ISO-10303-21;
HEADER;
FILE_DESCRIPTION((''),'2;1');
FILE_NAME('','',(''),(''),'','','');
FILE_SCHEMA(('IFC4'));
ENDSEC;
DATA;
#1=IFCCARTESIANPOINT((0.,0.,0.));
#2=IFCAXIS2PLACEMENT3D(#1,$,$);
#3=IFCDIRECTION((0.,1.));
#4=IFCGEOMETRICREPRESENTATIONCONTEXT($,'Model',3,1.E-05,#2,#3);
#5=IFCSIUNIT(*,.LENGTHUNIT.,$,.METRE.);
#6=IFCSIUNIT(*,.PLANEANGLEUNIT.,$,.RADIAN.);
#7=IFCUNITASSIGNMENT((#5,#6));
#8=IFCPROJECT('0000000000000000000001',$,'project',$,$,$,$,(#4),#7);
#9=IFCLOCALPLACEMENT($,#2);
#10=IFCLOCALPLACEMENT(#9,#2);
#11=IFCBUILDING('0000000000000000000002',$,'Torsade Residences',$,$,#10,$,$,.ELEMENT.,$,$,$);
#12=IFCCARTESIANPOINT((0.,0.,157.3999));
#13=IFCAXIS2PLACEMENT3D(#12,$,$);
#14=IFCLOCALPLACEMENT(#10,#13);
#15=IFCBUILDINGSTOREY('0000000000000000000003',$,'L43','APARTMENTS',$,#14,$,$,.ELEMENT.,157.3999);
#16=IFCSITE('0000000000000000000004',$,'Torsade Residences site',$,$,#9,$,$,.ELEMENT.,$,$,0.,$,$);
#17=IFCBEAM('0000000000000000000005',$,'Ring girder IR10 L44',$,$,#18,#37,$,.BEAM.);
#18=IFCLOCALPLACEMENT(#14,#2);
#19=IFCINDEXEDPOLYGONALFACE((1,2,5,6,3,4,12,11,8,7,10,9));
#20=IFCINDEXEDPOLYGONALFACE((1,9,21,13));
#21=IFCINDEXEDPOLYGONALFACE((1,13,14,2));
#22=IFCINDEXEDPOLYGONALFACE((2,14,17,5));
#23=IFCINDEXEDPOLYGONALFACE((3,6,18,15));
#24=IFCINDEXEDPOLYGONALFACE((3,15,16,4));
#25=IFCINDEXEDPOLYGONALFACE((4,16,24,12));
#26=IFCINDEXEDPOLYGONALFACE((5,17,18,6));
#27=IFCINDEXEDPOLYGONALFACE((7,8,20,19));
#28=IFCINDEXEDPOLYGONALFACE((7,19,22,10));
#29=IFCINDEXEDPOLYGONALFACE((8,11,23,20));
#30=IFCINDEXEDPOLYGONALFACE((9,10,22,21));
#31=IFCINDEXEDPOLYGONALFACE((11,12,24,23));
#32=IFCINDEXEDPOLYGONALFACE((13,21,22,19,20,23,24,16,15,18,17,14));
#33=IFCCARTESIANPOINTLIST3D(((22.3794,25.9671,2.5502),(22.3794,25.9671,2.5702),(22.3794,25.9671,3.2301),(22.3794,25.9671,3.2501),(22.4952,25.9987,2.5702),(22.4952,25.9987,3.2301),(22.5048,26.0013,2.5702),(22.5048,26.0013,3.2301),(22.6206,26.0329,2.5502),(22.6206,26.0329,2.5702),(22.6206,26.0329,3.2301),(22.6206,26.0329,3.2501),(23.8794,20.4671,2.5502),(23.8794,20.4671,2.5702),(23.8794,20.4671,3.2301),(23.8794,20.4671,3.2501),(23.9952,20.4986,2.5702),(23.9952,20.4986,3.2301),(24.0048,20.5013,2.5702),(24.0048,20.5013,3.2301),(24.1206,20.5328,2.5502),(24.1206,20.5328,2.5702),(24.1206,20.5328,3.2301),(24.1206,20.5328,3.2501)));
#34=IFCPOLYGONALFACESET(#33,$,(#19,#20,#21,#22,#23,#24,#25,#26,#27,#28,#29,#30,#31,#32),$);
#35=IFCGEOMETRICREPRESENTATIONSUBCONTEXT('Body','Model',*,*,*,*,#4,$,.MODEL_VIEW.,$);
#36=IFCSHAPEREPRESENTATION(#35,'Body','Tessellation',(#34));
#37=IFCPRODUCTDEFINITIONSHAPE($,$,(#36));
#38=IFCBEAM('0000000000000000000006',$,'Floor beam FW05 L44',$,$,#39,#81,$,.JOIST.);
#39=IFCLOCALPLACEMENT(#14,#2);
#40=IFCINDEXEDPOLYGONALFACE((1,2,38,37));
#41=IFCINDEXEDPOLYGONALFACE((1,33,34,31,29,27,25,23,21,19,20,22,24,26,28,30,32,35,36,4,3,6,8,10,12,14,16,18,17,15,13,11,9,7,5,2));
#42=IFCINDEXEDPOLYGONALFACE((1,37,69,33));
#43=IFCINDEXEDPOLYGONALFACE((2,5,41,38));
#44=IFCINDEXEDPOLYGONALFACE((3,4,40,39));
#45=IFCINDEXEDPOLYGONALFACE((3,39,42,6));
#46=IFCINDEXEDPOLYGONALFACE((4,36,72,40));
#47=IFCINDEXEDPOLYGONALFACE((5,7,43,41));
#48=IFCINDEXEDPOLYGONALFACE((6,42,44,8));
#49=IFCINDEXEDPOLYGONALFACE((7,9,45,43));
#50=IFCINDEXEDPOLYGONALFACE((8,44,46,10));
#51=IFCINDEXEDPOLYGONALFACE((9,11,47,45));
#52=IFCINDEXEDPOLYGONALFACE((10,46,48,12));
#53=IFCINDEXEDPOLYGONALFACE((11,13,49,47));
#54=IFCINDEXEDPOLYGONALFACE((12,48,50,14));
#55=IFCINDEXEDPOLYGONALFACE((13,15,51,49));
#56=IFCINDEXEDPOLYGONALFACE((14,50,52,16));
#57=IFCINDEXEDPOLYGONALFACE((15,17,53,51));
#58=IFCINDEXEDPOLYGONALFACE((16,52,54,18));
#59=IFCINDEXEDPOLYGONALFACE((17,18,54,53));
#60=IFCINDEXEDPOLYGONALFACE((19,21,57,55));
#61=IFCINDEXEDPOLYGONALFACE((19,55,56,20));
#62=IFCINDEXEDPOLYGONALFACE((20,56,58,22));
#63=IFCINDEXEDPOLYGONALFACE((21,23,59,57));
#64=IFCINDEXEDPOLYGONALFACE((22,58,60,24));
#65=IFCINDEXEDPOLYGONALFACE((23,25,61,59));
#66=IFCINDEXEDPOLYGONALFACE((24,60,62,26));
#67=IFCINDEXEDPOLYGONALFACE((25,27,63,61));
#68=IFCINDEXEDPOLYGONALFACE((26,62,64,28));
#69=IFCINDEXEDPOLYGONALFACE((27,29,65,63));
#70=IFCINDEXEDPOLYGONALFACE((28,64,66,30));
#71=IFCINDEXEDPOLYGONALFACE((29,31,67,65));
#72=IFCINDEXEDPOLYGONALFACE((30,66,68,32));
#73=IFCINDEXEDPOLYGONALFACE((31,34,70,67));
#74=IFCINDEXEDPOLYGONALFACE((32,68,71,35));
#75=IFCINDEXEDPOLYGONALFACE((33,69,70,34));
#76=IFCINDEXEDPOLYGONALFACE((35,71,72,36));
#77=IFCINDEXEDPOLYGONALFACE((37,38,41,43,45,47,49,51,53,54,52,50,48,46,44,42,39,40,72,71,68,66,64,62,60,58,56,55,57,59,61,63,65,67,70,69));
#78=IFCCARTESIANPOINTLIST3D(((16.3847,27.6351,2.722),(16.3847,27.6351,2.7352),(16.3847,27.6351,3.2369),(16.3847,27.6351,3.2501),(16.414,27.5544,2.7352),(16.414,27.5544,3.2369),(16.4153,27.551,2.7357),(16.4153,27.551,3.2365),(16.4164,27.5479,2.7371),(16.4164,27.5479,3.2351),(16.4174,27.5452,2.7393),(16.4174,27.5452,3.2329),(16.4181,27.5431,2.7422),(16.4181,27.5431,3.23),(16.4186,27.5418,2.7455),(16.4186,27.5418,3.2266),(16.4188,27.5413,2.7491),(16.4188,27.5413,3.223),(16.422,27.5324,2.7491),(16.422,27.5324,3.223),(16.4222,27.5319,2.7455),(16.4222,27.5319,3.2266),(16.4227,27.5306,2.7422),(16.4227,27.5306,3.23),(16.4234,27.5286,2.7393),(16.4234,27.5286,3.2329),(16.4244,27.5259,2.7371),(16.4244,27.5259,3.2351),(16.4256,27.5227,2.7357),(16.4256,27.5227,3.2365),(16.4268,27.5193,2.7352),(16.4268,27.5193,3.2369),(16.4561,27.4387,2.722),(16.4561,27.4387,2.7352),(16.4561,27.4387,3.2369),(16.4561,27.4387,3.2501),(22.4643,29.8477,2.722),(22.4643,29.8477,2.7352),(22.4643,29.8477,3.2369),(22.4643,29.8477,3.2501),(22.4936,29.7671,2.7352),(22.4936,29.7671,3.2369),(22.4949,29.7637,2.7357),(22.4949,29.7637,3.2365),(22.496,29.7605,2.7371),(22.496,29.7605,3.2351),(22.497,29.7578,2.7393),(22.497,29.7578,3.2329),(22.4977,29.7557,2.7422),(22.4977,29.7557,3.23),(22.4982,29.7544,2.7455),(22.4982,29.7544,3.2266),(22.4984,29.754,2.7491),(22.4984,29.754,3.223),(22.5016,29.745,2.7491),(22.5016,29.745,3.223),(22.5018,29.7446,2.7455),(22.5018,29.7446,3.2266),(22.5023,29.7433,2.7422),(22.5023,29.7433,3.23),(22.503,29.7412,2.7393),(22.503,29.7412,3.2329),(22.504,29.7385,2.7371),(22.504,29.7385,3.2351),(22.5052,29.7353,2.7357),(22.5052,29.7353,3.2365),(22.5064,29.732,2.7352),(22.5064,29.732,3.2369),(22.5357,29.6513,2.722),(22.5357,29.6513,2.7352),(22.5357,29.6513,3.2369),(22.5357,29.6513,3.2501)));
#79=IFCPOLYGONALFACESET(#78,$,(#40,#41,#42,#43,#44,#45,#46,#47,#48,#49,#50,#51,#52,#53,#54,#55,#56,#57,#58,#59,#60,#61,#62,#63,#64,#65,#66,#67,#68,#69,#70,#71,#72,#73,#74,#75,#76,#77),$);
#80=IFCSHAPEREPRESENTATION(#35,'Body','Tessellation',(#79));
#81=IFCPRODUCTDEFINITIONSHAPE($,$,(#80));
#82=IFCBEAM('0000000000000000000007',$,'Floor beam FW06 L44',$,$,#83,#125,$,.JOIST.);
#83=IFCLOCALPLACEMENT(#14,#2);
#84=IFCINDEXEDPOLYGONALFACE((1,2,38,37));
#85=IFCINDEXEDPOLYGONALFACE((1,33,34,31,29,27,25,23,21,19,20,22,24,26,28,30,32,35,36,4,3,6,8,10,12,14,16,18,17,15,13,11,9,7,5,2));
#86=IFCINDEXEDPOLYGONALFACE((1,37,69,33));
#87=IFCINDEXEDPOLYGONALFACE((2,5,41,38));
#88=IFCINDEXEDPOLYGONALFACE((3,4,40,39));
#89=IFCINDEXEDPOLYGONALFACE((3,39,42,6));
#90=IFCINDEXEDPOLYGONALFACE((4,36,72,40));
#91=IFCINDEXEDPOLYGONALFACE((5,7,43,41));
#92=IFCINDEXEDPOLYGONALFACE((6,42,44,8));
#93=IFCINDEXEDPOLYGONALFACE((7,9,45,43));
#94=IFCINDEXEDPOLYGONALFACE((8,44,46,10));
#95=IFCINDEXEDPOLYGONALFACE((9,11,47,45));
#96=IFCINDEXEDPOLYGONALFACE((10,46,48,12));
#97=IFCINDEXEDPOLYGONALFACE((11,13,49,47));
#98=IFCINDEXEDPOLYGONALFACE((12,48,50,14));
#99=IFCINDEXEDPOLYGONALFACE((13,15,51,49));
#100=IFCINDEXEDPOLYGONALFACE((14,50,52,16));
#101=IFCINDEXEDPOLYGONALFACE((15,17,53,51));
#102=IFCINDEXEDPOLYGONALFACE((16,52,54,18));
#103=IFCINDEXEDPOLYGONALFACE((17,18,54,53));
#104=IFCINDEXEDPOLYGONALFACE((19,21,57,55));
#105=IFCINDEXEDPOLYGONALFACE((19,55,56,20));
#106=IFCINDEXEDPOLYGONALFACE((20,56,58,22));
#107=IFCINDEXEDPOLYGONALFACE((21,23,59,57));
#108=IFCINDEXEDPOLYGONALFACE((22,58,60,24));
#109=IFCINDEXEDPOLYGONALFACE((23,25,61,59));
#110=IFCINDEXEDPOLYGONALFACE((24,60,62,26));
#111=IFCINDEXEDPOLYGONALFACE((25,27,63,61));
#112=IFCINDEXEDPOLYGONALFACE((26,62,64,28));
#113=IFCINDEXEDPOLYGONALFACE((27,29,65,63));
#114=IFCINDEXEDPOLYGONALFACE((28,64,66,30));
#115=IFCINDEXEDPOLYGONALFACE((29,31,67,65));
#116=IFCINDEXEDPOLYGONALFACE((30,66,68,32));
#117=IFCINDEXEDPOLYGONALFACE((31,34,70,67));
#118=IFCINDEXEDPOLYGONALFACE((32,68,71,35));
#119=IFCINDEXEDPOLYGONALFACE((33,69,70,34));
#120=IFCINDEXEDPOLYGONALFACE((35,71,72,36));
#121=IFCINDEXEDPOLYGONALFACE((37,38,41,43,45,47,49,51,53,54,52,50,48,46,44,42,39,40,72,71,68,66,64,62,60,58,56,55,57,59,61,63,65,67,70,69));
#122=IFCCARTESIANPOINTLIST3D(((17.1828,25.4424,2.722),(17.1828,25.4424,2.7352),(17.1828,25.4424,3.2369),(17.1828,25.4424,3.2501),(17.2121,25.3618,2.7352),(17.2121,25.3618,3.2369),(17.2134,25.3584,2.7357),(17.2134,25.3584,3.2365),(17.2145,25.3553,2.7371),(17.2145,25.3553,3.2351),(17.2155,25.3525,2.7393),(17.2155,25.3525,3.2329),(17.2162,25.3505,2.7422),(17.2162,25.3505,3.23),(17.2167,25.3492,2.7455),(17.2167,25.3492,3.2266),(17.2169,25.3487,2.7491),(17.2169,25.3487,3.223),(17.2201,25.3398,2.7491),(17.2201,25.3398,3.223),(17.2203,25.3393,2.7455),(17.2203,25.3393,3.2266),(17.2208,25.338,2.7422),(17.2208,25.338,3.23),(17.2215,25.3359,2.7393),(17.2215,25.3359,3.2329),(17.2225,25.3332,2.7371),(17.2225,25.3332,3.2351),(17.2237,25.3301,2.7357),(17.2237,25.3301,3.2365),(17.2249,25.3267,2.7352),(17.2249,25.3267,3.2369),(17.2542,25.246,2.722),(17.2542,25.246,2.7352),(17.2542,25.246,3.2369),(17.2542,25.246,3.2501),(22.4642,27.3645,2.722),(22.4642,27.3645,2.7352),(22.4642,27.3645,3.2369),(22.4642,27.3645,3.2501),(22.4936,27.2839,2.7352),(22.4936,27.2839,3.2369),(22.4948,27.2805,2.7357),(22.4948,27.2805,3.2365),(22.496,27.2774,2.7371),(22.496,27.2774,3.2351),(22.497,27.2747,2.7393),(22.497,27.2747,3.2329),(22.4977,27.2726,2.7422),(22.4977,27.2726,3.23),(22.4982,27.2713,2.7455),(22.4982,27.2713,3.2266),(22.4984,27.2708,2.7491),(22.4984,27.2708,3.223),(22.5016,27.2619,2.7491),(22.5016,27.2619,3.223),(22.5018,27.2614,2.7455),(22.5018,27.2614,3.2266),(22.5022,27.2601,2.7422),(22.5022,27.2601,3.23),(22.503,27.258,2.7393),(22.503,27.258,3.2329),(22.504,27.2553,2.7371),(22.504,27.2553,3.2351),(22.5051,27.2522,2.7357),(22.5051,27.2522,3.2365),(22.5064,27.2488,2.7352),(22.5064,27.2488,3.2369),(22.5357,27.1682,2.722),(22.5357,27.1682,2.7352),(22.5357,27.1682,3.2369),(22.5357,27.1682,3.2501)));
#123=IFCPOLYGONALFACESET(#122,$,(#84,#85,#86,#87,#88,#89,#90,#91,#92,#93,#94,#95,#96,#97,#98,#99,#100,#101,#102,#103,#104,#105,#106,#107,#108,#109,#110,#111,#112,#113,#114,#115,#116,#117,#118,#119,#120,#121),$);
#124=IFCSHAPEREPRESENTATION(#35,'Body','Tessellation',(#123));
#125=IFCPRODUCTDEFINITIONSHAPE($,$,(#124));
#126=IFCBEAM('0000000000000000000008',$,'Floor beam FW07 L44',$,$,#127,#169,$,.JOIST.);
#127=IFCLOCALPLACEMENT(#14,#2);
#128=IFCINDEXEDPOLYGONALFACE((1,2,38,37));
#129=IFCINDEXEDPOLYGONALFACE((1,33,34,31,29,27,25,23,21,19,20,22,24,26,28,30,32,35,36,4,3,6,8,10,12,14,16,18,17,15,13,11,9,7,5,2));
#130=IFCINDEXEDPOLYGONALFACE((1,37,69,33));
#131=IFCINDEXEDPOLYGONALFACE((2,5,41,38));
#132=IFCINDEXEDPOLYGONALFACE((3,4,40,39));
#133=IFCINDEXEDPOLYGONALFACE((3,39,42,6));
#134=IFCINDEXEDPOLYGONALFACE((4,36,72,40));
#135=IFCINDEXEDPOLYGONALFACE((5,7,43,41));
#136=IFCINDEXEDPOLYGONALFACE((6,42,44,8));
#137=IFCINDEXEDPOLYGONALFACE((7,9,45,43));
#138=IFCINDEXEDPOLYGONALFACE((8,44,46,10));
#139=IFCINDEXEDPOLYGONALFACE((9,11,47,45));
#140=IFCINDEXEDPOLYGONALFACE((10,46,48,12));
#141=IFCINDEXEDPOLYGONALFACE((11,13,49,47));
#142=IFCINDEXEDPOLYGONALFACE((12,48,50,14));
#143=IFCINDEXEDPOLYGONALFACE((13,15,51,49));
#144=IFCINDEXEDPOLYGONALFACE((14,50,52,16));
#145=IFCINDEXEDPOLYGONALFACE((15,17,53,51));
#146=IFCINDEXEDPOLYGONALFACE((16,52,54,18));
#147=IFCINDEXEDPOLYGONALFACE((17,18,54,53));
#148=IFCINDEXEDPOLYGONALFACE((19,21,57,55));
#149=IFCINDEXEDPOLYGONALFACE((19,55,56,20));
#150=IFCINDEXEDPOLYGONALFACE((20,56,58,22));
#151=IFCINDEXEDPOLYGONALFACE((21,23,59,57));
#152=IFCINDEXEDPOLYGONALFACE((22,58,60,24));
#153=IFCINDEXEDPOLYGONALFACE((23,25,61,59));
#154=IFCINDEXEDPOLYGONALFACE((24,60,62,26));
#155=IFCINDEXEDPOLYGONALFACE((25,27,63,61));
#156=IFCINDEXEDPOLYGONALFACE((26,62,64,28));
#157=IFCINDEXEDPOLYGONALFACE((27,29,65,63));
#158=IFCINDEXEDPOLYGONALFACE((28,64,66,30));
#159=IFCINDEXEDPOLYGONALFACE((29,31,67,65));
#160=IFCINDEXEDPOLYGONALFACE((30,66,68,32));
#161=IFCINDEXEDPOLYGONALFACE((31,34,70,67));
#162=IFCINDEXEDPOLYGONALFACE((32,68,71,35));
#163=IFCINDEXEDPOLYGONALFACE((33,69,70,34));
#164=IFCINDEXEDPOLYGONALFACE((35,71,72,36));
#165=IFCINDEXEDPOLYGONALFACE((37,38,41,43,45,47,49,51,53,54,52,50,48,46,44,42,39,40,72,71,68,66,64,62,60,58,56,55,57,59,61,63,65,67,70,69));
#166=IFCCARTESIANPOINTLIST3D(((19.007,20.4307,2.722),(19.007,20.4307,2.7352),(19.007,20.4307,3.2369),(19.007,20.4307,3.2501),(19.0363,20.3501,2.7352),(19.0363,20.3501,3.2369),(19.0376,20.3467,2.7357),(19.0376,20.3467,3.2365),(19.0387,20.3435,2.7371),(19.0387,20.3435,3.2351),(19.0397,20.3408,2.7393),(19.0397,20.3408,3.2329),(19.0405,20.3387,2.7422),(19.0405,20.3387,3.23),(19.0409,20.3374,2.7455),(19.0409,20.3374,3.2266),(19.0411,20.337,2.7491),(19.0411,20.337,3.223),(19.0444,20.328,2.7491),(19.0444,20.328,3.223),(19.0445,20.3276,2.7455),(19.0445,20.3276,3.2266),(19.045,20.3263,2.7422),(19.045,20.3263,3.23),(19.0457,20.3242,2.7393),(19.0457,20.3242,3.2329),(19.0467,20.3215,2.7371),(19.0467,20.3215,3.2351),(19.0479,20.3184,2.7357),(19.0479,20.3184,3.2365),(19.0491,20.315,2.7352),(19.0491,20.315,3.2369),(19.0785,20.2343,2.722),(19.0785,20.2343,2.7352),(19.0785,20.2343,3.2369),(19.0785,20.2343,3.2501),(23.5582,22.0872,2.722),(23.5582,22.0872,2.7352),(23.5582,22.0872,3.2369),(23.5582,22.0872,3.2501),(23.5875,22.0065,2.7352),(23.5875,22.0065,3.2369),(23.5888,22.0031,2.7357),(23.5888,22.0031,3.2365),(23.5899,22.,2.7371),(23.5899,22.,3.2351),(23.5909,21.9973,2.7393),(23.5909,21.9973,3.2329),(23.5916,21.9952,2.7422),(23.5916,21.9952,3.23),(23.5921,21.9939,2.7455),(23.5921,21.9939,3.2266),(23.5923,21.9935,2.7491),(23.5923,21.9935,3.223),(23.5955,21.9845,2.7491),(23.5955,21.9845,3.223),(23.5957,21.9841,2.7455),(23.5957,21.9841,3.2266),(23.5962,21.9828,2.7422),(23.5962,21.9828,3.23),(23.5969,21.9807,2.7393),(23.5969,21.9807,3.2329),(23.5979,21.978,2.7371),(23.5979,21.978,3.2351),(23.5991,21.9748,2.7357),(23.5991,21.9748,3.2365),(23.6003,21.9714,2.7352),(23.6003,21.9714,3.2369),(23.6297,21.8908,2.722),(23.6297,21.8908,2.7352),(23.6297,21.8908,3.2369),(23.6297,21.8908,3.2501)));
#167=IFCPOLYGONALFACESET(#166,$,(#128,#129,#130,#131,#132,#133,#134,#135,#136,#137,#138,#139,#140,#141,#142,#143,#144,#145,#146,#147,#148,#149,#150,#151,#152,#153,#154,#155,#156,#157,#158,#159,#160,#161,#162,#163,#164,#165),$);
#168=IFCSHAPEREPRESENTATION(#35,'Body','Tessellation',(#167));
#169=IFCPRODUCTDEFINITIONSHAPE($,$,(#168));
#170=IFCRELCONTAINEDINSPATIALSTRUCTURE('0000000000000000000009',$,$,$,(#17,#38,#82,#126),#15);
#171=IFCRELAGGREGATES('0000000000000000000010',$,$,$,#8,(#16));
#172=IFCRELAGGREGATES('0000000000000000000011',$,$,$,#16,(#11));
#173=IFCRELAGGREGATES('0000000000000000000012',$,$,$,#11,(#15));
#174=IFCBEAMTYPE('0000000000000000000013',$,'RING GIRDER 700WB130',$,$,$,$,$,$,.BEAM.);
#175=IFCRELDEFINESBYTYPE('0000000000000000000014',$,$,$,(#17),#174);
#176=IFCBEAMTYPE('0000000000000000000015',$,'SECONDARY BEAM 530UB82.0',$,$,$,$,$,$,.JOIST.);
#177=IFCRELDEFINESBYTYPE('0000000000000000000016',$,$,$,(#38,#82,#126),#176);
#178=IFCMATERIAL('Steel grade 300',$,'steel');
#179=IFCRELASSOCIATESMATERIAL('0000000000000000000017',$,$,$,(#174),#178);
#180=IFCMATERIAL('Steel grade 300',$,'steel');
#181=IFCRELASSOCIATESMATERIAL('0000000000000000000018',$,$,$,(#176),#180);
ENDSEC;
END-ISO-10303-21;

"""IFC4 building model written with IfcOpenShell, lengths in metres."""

from ifc_helpers import new_model, si_unit, direction, frame, origin, origin_2d, place, context, subcontext, project, spatial, i_section, extrude, material, material_profile, profile_set, type_object, element, save


model = new_model("IFC4")

# Units and contexts
model_context = context("Model", 3, precision=1e-05, world=origin(), true_north=direction((0.0, 1.0)))
body_context = subcontext(model_context, "Body", "Model", "MODEL_VIEW")
ifc_project = project(units=[si_unit("LENGTHUNIT", "METRE"), si_unit("PLANEANGLEUNIT", "RADIAN")], contexts=[model_context])

# Site, building, storey
site_placement = place(None, origin())
site = spatial("IfcSite", under=ifc_project, at=site_placement, Name="Torsade Residences site", CompositionType="ELEMENT", RefElevation=0.0)
building_placement = place(site_placement, origin())
building = spatial("IfcBuilding", under=site, at=building_placement, Name="Torsade Residences", CompositionType="ELEMENT")
storey_placement = place(building_placement, frame((0.0, 0.0, 157.3999)))
storey = spatial("IfcBuildingStorey", under=building, at=storey_placement, Name="L43", Description="APARTMENTS", CompositionType="ELEMENT", Elevation=157.3999)

# Beams
ifc_material_1 = material(Name="Steel grade 300", Category="steel")
ifc_material_profile_1 = material_profile(ifc_material_1, i_section(OverallWidth=0.25, OverallDepth=0.7, WebThickness=0.01, FlangeThickness=0.02, at=origin_2d()), Name="700WB130")
ifc_profile_set_1 = profile_set([ifc_material_profile_1], Name="Steel grade 300")
beam_type_1 = type_object("IfcBeamType", Name="RING GIRDER 700WB130", PredefinedType="BEAM", material=ifc_profile_set_1)
beam_1_placement = place(storey_placement, frame((22.5, 26.0, 2.9001), z_axis=(0.263117, -0.964764, 0.0), x_axis=(0.964764, 0.263117, 0.0)))
element("IfcBeam", 1, at=beam_1_placement, inside=storey, type_object=beam_type_1, Name="Ring girder IR10 L44", PredefinedType="BEAM", context=body_context, shape_type="SweptSolid", body=[
    extrude(i_section(OverallWidth=0.25, OverallDepth=0.7, WebThickness=0.01, FlangeThickness=0.02, at=origin_2d()), origin(), (0.0, 0.0, 1.0), 5.7009),
])
ifc_material_2 = material(Name="Steel grade 300", Category="steel")
ifc_material_profile_2 = material_profile(ifc_material_2, i_section(OverallWidth=0.209, OverallDepth=0.5281, WebThickness=0.0095, FlangeThickness=0.0132, FilletRadius=0.0139, at=origin_2d()), Name="530UB82.0")
ifc_profile_set_2 = profile_set([ifc_material_profile_2], Name="Steel grade 300")
beam_type_2 = type_object("IfcBeamType", Name="SECONDARY BEAM 530UB82.0", PredefinedType="JOIST", material=ifc_profile_set_2)
beam_2_placement = place(storey_placement, frame((16.4204, 27.5369, 2.9861), z_axis=(0.9397, 0.342001, 0.0), x_axis=(-0.342001, 0.9397, 0.0)))
element("IfcBeam", 2, at=beam_2_placement, inside=storey, type_object=beam_type_2, Name="Floor beam FW05 L44", PredefinedType="JOIST", context=body_context, shape_type="SweptSolid", body=[
    extrude(i_section(OverallWidth=0.209, OverallDepth=0.5281, WebThickness=0.0095, FlangeThickness=0.0132, FilletRadius=0.0139, at=origin_2d()), origin(), (0.0, 0.0, 1.0), 6.4697),
])
beam_3_placement = place(storey_placement, frame((17.2185, 25.3442, 2.9861), z_axis=(0.939703, 0.341991, 0.0), x_axis=(-0.341991, 0.939703, 0.0)))
element("IfcBeam", 3, at=beam_3_placement, inside=storey, type_object=beam_type_2, Name="Floor beam FW06 L44", PredefinedType="JOIST", context=body_context, shape_type="SweptSolid", body=[
    extrude(i_section(OverallWidth=0.209, OverallDepth=0.5281, WebThickness=0.0095, FlangeThickness=0.0132, FilletRadius=0.0139, at=origin_2d()), origin(), (0.0, 0.0, 1.0), 5.6204),
])
beam_4_placement = place(storey_placement, frame((19.0427, 20.3325, 2.9861), z_axis=(0.939695, 0.342014, 0.0), x_axis=(-0.342014, 0.939695, 0.0)))
element("IfcBeam", 4, at=beam_4_placement, inside=storey, type_object=beam_type_2, Name="Floor beam FW07 L44", PredefinedType="JOIST", context=body_context, shape_type="SweptSolid", body=[
    extrude(i_section(OverallWidth=0.209, OverallDepth=0.5281, WebThickness=0.0095, FlangeThickness=0.0132, FilletRadius=0.0139, at=origin_2d()), origin(), (0.0, 0.0, 1.0), 4.8433),
])

save(model, "model.ifc")
